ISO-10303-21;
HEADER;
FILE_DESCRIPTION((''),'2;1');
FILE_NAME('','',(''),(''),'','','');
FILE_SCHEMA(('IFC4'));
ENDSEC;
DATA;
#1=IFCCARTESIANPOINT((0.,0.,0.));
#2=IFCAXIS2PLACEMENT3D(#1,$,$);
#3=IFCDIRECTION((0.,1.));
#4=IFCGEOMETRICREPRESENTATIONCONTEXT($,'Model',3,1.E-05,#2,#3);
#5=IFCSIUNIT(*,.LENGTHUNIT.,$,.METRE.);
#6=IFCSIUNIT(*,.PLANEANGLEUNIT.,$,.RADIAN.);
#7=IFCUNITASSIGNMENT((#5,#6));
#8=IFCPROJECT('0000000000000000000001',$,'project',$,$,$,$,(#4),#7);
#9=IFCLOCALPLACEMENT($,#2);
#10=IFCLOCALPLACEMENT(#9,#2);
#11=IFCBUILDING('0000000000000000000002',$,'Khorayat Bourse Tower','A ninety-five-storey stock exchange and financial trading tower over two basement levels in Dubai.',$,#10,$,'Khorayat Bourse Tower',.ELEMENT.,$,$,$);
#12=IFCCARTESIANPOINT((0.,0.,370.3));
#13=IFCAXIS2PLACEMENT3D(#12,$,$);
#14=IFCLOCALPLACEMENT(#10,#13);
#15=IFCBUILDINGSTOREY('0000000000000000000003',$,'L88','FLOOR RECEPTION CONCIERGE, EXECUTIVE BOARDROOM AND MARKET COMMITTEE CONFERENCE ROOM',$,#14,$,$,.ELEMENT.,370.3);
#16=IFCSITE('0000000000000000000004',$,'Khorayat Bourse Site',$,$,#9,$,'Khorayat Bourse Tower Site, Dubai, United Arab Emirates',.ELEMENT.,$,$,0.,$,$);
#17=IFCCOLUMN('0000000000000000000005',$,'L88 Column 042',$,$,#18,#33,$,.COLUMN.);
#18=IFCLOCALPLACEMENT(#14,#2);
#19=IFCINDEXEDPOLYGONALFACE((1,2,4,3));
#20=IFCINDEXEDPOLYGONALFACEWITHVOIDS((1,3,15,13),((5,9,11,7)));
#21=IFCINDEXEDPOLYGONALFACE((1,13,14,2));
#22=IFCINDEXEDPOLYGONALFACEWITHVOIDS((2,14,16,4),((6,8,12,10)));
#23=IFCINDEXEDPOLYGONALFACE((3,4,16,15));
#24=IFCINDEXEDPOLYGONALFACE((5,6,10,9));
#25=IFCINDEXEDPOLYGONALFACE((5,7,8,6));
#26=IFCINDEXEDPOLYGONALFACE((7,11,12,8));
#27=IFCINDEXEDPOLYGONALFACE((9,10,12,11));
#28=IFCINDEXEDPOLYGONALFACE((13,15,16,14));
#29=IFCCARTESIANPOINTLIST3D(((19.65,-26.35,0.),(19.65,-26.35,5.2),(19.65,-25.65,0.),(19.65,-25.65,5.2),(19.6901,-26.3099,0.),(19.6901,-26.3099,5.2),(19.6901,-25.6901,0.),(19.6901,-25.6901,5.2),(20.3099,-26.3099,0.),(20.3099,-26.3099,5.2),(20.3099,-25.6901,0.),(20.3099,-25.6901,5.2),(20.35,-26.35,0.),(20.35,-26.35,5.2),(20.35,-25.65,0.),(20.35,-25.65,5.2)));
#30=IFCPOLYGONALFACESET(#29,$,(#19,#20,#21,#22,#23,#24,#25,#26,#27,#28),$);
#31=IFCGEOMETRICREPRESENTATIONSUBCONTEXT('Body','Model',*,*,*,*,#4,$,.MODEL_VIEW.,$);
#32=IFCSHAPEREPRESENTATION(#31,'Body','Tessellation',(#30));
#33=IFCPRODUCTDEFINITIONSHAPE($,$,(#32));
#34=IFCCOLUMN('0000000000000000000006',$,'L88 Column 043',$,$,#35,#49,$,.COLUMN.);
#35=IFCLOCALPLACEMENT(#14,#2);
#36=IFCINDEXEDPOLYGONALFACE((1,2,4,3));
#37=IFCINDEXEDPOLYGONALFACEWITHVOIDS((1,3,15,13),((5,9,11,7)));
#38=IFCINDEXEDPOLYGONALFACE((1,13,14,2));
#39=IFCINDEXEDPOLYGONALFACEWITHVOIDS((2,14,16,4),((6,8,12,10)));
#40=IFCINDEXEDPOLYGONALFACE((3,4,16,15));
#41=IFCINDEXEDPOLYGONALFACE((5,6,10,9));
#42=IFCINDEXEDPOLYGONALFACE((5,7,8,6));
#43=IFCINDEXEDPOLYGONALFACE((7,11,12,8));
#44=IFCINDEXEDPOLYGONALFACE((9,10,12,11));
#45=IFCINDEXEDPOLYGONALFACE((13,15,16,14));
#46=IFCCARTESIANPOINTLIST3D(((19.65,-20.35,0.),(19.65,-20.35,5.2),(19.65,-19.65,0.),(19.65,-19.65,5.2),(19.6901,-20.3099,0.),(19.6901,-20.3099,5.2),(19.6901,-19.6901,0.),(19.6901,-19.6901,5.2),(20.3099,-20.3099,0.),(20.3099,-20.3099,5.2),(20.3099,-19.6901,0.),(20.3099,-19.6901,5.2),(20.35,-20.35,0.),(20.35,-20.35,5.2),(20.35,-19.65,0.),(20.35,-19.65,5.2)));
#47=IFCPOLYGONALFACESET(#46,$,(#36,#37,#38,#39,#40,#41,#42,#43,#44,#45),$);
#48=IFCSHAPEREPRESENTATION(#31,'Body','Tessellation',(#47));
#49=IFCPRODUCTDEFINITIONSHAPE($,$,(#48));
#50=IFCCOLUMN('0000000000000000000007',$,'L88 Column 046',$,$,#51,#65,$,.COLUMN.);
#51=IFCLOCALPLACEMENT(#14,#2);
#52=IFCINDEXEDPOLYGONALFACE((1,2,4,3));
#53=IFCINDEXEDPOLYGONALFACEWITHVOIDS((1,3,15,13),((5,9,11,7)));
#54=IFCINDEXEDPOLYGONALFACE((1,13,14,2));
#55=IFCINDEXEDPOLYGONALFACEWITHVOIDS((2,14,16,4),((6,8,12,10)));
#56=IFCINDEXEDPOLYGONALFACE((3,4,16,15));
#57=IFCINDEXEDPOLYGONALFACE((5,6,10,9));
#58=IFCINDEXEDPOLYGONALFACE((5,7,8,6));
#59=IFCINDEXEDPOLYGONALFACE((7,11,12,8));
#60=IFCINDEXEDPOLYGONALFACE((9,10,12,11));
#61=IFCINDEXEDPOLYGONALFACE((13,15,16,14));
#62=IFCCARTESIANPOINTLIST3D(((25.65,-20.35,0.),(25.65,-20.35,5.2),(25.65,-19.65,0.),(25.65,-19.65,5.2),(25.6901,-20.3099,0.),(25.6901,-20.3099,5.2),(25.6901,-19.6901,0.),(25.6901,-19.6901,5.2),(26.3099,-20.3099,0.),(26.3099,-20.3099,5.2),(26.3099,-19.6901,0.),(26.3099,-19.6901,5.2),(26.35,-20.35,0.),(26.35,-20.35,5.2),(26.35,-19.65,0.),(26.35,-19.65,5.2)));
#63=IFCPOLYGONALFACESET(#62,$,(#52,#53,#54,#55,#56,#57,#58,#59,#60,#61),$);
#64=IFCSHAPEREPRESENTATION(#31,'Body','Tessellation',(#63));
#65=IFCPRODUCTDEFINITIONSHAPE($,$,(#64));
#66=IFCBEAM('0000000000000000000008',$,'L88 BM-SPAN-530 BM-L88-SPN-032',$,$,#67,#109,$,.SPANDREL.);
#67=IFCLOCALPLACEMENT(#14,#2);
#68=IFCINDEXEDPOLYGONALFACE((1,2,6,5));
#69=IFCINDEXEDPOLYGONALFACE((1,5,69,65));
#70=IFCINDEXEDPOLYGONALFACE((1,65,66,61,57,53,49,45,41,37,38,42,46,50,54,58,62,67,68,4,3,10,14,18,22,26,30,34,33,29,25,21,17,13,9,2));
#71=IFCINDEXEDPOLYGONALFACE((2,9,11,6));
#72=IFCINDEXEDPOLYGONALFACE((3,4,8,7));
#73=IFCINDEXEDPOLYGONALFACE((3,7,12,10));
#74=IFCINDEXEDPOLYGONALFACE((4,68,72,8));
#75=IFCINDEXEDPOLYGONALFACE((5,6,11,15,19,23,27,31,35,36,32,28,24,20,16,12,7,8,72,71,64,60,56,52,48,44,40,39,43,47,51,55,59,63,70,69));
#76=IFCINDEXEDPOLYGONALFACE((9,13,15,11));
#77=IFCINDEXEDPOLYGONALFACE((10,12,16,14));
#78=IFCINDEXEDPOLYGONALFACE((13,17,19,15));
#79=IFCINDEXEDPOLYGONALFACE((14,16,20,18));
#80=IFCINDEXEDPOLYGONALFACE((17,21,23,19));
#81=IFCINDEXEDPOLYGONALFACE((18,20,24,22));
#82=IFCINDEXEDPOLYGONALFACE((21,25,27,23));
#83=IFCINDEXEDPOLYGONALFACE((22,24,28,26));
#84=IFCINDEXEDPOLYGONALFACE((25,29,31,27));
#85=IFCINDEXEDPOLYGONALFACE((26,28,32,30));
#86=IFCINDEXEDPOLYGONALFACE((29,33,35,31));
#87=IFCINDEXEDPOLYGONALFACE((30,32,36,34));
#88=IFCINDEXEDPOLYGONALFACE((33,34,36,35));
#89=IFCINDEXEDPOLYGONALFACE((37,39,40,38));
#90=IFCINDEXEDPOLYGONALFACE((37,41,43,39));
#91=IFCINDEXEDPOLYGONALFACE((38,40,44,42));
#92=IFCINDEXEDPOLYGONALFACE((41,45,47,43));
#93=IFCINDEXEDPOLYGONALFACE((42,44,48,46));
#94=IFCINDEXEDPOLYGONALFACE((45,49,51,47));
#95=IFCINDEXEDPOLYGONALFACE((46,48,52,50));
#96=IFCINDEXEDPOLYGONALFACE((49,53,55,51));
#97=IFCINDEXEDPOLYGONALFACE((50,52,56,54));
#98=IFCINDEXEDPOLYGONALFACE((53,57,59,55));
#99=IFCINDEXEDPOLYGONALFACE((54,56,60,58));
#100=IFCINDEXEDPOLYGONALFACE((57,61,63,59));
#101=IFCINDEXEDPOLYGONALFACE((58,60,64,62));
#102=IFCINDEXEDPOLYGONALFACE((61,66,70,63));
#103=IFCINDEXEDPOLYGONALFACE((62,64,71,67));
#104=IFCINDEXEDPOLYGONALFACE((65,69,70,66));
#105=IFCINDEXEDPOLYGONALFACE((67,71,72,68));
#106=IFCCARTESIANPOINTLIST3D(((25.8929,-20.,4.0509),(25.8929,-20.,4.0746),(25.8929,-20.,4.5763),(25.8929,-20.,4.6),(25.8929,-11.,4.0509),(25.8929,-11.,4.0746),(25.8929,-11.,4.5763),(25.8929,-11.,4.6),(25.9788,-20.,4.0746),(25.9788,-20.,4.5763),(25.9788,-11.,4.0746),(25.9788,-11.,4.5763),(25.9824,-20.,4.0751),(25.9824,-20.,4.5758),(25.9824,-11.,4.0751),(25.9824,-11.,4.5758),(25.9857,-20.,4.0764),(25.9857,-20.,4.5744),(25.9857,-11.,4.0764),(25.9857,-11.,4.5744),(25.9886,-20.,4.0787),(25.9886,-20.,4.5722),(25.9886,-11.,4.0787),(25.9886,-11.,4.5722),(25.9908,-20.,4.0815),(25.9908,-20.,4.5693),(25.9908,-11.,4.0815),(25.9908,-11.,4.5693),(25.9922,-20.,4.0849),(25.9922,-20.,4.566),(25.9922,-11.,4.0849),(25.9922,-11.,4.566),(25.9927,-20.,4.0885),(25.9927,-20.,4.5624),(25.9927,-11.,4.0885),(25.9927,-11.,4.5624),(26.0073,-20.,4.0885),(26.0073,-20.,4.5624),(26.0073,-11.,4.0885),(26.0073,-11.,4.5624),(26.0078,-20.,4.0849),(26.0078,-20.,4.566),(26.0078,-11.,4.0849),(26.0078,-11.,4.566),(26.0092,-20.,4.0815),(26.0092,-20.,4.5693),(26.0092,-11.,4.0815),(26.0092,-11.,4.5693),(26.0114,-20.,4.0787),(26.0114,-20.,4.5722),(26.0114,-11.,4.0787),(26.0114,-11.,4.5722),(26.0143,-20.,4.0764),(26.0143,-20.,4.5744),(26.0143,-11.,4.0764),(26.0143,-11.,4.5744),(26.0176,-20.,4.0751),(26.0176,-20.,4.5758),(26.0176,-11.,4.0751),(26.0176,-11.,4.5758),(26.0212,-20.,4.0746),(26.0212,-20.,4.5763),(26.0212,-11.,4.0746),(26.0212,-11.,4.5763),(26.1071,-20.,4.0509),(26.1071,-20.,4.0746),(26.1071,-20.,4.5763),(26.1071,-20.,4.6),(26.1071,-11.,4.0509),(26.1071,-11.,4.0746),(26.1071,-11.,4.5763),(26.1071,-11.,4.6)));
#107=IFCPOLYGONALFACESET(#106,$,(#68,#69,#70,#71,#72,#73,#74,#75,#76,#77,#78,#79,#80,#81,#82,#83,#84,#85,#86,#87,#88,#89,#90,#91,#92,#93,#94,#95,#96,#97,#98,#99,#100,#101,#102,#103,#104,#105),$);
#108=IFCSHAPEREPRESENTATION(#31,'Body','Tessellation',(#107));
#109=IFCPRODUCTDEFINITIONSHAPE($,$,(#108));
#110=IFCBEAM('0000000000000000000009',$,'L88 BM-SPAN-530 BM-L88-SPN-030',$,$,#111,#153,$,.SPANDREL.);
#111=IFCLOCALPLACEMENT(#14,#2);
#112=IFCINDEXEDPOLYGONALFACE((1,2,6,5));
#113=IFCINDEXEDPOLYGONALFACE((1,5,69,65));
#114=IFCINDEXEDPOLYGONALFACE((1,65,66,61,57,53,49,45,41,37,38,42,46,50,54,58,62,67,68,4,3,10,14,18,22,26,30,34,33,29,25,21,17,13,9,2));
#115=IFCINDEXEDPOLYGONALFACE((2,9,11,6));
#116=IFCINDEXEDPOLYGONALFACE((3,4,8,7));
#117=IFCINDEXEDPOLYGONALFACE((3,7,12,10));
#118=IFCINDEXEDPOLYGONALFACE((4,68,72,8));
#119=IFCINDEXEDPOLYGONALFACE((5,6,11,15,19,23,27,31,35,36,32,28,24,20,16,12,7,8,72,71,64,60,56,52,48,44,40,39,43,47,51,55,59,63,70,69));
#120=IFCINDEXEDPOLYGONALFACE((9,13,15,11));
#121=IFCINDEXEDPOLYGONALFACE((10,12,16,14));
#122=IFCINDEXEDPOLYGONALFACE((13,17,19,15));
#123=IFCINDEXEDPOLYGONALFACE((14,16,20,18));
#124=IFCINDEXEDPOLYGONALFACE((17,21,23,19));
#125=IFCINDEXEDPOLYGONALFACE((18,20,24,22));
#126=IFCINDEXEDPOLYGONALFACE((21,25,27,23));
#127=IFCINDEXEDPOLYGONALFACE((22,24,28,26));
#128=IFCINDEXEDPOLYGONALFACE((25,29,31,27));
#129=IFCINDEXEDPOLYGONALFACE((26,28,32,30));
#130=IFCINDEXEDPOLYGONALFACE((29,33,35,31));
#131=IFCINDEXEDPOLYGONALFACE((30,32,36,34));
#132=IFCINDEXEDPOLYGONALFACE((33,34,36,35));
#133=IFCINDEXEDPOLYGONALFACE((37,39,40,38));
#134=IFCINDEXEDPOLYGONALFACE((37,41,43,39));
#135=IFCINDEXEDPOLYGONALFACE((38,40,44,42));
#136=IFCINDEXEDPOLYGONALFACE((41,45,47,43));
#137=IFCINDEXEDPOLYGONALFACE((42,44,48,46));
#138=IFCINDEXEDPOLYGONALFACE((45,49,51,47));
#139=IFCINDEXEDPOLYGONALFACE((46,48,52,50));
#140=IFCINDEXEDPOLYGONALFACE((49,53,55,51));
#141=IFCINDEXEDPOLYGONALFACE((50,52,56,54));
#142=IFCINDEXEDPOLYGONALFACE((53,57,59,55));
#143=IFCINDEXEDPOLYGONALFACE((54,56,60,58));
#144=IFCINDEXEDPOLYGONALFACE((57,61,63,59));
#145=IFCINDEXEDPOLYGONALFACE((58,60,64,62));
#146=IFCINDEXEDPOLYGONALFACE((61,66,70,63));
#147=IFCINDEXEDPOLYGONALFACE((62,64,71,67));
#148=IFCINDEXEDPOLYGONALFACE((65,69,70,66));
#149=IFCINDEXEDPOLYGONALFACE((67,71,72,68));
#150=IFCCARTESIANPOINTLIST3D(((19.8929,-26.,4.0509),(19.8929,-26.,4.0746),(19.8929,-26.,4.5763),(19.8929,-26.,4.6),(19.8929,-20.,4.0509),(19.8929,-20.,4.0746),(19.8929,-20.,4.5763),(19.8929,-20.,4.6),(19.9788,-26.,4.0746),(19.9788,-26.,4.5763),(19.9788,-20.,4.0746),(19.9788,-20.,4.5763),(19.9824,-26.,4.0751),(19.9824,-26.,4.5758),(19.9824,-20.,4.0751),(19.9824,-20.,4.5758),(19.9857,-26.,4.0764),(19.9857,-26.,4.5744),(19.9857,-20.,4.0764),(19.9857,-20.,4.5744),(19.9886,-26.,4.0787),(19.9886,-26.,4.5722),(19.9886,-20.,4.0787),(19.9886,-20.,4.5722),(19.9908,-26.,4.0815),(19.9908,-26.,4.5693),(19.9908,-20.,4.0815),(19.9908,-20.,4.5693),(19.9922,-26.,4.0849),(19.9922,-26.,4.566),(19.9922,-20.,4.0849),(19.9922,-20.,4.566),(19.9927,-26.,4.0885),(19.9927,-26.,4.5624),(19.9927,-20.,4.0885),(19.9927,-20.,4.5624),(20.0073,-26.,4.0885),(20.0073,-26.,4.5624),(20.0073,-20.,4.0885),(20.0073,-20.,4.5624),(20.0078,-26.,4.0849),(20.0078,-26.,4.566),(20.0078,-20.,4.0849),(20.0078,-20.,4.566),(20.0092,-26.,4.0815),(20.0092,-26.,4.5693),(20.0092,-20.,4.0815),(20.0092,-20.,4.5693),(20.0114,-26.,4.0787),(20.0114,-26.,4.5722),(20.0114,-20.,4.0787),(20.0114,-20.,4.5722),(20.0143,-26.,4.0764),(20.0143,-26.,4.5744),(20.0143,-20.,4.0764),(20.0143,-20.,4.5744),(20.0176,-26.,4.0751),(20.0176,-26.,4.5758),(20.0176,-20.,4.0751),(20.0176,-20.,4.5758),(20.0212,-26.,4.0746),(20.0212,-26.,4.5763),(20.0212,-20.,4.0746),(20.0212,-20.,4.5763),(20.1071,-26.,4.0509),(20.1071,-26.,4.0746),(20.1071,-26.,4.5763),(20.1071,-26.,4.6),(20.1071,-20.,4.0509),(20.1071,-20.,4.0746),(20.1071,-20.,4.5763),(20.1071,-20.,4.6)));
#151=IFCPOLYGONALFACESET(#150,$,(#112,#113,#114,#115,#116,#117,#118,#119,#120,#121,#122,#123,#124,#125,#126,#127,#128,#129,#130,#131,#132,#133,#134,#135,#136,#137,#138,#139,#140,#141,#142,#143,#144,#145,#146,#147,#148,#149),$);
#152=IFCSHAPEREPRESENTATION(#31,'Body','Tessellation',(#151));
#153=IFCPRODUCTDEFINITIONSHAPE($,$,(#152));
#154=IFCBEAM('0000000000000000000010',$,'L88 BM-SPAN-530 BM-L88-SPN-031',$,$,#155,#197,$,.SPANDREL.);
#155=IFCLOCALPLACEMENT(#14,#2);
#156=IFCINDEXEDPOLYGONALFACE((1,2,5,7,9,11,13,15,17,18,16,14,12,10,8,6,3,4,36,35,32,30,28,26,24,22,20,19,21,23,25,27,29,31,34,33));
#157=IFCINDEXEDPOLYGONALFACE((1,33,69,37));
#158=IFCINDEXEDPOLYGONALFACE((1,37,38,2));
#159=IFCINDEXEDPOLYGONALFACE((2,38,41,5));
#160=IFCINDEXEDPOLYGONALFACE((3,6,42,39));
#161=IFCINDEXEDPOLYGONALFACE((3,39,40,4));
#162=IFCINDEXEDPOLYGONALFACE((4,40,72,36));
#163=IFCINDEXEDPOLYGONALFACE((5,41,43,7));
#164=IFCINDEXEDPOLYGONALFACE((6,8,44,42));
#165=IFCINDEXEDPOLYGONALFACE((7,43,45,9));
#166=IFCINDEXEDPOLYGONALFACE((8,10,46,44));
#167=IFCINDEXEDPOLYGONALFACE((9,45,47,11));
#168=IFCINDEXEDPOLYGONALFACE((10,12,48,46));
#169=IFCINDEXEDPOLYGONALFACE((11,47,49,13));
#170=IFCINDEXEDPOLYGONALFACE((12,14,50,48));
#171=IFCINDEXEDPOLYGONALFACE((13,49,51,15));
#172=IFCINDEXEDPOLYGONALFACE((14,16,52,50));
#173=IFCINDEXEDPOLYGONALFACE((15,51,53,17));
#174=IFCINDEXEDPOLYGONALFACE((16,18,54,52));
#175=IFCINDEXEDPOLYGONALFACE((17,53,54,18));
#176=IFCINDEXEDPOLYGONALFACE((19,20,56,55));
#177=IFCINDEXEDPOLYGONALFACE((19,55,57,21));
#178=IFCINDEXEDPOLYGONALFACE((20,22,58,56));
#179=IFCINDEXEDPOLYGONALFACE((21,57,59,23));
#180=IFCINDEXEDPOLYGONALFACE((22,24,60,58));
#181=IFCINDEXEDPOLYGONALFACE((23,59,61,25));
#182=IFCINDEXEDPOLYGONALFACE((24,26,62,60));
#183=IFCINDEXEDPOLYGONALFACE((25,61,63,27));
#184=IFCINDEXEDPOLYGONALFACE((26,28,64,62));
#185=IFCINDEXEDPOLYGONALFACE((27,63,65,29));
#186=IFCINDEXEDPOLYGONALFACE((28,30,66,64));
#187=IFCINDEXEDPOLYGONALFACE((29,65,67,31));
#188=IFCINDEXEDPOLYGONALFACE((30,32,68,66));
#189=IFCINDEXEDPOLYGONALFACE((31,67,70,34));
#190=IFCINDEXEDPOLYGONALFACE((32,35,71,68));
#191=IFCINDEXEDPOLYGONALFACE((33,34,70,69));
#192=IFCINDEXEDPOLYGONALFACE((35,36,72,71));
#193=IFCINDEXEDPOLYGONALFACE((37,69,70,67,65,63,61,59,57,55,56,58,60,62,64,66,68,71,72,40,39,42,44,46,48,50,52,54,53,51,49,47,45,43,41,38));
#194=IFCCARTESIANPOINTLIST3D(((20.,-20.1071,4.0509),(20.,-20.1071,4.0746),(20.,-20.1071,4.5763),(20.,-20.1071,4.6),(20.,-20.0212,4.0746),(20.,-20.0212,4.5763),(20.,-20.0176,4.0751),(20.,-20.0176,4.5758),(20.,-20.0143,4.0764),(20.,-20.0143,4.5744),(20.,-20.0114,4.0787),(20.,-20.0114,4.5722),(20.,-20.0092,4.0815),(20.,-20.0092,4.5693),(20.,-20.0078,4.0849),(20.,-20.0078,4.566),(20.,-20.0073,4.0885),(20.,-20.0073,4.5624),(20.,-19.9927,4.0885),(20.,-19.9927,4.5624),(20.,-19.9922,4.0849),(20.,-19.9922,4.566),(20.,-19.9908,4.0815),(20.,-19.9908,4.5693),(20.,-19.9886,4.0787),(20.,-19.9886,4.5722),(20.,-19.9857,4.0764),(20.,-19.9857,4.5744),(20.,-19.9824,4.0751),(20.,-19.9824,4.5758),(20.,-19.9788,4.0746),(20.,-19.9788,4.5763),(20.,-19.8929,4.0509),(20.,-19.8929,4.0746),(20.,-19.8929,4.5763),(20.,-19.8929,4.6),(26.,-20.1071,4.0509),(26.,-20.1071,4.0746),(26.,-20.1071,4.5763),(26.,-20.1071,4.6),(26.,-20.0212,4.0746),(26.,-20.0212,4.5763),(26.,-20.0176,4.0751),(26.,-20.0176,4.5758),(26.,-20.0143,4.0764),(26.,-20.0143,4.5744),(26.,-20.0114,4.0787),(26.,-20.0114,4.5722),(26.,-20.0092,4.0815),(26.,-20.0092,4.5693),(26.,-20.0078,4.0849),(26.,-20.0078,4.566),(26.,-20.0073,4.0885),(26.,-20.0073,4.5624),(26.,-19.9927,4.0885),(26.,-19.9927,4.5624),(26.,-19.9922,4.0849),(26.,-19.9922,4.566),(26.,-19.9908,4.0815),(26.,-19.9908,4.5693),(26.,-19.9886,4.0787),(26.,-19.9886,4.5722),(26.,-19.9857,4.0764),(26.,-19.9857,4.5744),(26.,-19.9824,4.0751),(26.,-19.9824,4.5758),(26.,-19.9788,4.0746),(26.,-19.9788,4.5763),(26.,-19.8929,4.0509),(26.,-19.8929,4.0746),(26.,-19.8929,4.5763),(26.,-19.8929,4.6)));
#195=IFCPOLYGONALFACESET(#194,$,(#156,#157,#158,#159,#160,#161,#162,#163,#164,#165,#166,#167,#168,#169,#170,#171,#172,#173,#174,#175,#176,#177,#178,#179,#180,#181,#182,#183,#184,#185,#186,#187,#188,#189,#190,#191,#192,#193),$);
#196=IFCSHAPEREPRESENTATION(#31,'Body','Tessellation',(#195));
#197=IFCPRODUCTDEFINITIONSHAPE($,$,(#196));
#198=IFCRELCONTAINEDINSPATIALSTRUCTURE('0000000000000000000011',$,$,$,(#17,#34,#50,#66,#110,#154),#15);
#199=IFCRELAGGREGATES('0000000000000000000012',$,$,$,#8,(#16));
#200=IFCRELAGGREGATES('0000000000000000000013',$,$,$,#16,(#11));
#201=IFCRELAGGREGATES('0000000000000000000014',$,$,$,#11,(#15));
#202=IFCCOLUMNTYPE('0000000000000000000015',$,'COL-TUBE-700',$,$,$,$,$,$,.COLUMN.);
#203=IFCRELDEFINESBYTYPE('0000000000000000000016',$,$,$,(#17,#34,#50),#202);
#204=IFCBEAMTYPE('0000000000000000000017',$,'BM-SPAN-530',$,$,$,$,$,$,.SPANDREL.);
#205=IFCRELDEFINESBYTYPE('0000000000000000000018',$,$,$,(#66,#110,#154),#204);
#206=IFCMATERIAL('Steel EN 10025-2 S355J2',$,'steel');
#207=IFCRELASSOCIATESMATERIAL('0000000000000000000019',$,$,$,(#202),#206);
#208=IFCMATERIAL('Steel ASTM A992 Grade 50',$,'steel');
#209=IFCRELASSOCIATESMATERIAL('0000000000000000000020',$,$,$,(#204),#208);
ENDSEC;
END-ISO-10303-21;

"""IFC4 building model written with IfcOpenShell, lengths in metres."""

from ifc_helpers import new_model, si_unit, direction, frame, origin, origin_2d, place, context, subcontext, project, spatial, hollow_rectangle, i_section, extrude, source, transform, mapped, material, material_profile, profile_set, type_object, element, save


model = new_model("IFC4")

# Units and contexts
model_context = context("Model", 3, precision=1e-05, world=origin(), true_north=direction((0.0, 1.0)))
body_context = subcontext(model_context, "Body", "Model", "MODEL_VIEW")
ifc_project = project(units=[si_unit("LENGTHUNIT", "METRE"), si_unit("PLANEANGLEUNIT", "RADIAN")], contexts=[model_context])

# Site, building, storey
site_placement = place(None, origin())
site = spatial("IfcSite", under=ifc_project, at=site_placement, Name="Khorayat Bourse Site", LongName="Khorayat Bourse Tower Site, Dubai, United Arab Emirates", CompositionType="ELEMENT", RefElevation=0.0)
building_placement = place(site_placement, origin())
building = spatial("IfcBuilding", under=site, at=building_placement, Name="Khorayat Bourse Tower", Description="A ninety-five-storey stock exchange and financial trading tower over two basement levels in Dubai.", LongName="Khorayat Bourse Tower", CompositionType="ELEMENT")
storey_placement = place(building_placement, frame((0.0, 0.0, 370.3)))
storey = spatial("IfcBuildingStorey", under=building, at=storey_placement, Name="L88", Description="FLOOR RECEPTION CONCIERGE, EXECUTIVE BOARDROOM AND MARKET COMMITTEE CONFERENCE ROOM", CompositionType="ELEMENT", Elevation=370.3)

# Columns
ifc_material_1 = material(Name="Steel EN 10025-2 S355J2", Category="steel")
ifc_material_profile_1 = material_profile(ifc_material_1, hollow_rectangle(XDim=0.7, YDim=0.7, WallThickness=0.04, at=origin_2d()), Name="BOX 700x700x40")
ifc_profile_set_1 = profile_set([ifc_material_profile_1], Name="Steel EN 10025-2 S355J2")
column_type = type_object("IfcColumnType", Name="COL-TUBE-700", PredefinedType="COLUMN", material=ifc_profile_set_1)
shared_shape_1 = source(origin(), body_context, "Body", "SweptSolid", [
    extrude(hollow_rectangle(XDim=0.7, YDim=0.7, WallThickness=0.04, at=origin_2d()), origin(), (0.0, 0.0, 1.0), 5.2),
])
for number, where, z_axis, x_axis, name in (
    (1, (20.0, -26.0, 0.0), (0.0, 0.0, 1.0), (1.0, 0.0, 0.0), "L88 Column 042"),
    (2, (20.0, -20.0, 0.0), (0.0, 0.0, 1.0), (1.0, 0.0, 0.0), "L88 Column 043"),
    (3, (26.0, -20.0, 0.0), (0.0, 0.0, 1.0), (1.0, 0.0, 0.0), "L88 Column 046"),
):
    element("IfcColumn", number, at=place(storey_placement, frame(where, z_axis=z_axis, x_axis=x_axis)), inside=storey, type_object=column_type, Name=name, PredefinedType="COLUMN", context=body_context, shape_type="MappedRepresentation", body=[
        mapped(shared_shape_1, transform((0.0, 0.0, 0.0), scale=1.0)),
    ])

# Beams
ifc_material_2 = material(Name="Steel ASTM A992 Grade 50", Category="steel")
ifc_material_profile_2 = material_profile(ifc_material_2, i_section(OverallWidth=0.2141, OverallDepth=0.5491, WebThickness=0.0146, FlangeThickness=0.0237, FilletRadius=0.0139, at=origin_2d()), Name="W530X138")
ifc_profile_set_2 = profile_set([ifc_material_profile_2], Name="Steel ASTM A992 Grade 50")
beam_type_1 = type_object("IfcBeamType", Name="BM-SPAN-530", PredefinedType="SPANDREL", material=ifc_profile_set_2)
shared_shape_2 = source(origin(), body_context, "Body", "SweptSolid", [
    extrude(i_section(OverallWidth=0.2141, OverallDepth=0.5491, WebThickness=0.0146, FlangeThickness=0.0237, FilletRadius=0.0139, at=origin_2d()), origin(), (0.0, 0.0, 1.0), 9.0),
])
beam_1_placement = place(storey_placement, frame((26.0, -20.0, 4.3254), z_axis=(0.0, 1.0, 0.0), x_axis=(-1.0, 0.0, 0.0)))
element("IfcBeam", 4, at=beam_1_placement, inside=storey, type_object=beam_type_1, Name="L88 BM-SPAN-530 BM-L88-SPN-032", PredefinedType="SPANDREL", context=body_context, shape_type="MappedRepresentation", body=[
    mapped(shared_shape_2, transform((0.0, 0.0, 0.0), scale=1.0)),
])
shared_shape_3 = source(origin(), body_context, "Body", "SweptSolid", [
    extrude(i_section(OverallWidth=0.2141, OverallDepth=0.5491, WebThickness=0.0146, FlangeThickness=0.0237, FilletRadius=0.0139, at=origin_2d()), origin(), (0.0, 0.0, 1.0), 6.0),
])
for number, where, z_axis, x_axis, name in (
    (5, (20.0, -26.0, 4.3254), (0.0, 1.0, 0.0), (-1.0, 0.0, 0.0), "L88 BM-SPAN-530 BM-L88-SPN-030"),
    (6, (20.0, -20.0, 4.3254), (1.0, 0.0, 0.0), (0.0, 1.0, 0.0), "L88 BM-SPAN-530 BM-L88-SPN-031"),
):
    element("IfcBeam", number, at=place(storey_placement, frame(where, z_axis=z_axis, x_axis=x_axis)), inside=storey, type_object=beam_type_1, Name=name, PredefinedType="SPANDREL", context=body_context, shape_type="MappedRepresentation", body=[
        mapped(shared_shape_3, transform((0.0, 0.0, 0.0), scale=1.0)),
    ])

save(model, "model.ifc")
